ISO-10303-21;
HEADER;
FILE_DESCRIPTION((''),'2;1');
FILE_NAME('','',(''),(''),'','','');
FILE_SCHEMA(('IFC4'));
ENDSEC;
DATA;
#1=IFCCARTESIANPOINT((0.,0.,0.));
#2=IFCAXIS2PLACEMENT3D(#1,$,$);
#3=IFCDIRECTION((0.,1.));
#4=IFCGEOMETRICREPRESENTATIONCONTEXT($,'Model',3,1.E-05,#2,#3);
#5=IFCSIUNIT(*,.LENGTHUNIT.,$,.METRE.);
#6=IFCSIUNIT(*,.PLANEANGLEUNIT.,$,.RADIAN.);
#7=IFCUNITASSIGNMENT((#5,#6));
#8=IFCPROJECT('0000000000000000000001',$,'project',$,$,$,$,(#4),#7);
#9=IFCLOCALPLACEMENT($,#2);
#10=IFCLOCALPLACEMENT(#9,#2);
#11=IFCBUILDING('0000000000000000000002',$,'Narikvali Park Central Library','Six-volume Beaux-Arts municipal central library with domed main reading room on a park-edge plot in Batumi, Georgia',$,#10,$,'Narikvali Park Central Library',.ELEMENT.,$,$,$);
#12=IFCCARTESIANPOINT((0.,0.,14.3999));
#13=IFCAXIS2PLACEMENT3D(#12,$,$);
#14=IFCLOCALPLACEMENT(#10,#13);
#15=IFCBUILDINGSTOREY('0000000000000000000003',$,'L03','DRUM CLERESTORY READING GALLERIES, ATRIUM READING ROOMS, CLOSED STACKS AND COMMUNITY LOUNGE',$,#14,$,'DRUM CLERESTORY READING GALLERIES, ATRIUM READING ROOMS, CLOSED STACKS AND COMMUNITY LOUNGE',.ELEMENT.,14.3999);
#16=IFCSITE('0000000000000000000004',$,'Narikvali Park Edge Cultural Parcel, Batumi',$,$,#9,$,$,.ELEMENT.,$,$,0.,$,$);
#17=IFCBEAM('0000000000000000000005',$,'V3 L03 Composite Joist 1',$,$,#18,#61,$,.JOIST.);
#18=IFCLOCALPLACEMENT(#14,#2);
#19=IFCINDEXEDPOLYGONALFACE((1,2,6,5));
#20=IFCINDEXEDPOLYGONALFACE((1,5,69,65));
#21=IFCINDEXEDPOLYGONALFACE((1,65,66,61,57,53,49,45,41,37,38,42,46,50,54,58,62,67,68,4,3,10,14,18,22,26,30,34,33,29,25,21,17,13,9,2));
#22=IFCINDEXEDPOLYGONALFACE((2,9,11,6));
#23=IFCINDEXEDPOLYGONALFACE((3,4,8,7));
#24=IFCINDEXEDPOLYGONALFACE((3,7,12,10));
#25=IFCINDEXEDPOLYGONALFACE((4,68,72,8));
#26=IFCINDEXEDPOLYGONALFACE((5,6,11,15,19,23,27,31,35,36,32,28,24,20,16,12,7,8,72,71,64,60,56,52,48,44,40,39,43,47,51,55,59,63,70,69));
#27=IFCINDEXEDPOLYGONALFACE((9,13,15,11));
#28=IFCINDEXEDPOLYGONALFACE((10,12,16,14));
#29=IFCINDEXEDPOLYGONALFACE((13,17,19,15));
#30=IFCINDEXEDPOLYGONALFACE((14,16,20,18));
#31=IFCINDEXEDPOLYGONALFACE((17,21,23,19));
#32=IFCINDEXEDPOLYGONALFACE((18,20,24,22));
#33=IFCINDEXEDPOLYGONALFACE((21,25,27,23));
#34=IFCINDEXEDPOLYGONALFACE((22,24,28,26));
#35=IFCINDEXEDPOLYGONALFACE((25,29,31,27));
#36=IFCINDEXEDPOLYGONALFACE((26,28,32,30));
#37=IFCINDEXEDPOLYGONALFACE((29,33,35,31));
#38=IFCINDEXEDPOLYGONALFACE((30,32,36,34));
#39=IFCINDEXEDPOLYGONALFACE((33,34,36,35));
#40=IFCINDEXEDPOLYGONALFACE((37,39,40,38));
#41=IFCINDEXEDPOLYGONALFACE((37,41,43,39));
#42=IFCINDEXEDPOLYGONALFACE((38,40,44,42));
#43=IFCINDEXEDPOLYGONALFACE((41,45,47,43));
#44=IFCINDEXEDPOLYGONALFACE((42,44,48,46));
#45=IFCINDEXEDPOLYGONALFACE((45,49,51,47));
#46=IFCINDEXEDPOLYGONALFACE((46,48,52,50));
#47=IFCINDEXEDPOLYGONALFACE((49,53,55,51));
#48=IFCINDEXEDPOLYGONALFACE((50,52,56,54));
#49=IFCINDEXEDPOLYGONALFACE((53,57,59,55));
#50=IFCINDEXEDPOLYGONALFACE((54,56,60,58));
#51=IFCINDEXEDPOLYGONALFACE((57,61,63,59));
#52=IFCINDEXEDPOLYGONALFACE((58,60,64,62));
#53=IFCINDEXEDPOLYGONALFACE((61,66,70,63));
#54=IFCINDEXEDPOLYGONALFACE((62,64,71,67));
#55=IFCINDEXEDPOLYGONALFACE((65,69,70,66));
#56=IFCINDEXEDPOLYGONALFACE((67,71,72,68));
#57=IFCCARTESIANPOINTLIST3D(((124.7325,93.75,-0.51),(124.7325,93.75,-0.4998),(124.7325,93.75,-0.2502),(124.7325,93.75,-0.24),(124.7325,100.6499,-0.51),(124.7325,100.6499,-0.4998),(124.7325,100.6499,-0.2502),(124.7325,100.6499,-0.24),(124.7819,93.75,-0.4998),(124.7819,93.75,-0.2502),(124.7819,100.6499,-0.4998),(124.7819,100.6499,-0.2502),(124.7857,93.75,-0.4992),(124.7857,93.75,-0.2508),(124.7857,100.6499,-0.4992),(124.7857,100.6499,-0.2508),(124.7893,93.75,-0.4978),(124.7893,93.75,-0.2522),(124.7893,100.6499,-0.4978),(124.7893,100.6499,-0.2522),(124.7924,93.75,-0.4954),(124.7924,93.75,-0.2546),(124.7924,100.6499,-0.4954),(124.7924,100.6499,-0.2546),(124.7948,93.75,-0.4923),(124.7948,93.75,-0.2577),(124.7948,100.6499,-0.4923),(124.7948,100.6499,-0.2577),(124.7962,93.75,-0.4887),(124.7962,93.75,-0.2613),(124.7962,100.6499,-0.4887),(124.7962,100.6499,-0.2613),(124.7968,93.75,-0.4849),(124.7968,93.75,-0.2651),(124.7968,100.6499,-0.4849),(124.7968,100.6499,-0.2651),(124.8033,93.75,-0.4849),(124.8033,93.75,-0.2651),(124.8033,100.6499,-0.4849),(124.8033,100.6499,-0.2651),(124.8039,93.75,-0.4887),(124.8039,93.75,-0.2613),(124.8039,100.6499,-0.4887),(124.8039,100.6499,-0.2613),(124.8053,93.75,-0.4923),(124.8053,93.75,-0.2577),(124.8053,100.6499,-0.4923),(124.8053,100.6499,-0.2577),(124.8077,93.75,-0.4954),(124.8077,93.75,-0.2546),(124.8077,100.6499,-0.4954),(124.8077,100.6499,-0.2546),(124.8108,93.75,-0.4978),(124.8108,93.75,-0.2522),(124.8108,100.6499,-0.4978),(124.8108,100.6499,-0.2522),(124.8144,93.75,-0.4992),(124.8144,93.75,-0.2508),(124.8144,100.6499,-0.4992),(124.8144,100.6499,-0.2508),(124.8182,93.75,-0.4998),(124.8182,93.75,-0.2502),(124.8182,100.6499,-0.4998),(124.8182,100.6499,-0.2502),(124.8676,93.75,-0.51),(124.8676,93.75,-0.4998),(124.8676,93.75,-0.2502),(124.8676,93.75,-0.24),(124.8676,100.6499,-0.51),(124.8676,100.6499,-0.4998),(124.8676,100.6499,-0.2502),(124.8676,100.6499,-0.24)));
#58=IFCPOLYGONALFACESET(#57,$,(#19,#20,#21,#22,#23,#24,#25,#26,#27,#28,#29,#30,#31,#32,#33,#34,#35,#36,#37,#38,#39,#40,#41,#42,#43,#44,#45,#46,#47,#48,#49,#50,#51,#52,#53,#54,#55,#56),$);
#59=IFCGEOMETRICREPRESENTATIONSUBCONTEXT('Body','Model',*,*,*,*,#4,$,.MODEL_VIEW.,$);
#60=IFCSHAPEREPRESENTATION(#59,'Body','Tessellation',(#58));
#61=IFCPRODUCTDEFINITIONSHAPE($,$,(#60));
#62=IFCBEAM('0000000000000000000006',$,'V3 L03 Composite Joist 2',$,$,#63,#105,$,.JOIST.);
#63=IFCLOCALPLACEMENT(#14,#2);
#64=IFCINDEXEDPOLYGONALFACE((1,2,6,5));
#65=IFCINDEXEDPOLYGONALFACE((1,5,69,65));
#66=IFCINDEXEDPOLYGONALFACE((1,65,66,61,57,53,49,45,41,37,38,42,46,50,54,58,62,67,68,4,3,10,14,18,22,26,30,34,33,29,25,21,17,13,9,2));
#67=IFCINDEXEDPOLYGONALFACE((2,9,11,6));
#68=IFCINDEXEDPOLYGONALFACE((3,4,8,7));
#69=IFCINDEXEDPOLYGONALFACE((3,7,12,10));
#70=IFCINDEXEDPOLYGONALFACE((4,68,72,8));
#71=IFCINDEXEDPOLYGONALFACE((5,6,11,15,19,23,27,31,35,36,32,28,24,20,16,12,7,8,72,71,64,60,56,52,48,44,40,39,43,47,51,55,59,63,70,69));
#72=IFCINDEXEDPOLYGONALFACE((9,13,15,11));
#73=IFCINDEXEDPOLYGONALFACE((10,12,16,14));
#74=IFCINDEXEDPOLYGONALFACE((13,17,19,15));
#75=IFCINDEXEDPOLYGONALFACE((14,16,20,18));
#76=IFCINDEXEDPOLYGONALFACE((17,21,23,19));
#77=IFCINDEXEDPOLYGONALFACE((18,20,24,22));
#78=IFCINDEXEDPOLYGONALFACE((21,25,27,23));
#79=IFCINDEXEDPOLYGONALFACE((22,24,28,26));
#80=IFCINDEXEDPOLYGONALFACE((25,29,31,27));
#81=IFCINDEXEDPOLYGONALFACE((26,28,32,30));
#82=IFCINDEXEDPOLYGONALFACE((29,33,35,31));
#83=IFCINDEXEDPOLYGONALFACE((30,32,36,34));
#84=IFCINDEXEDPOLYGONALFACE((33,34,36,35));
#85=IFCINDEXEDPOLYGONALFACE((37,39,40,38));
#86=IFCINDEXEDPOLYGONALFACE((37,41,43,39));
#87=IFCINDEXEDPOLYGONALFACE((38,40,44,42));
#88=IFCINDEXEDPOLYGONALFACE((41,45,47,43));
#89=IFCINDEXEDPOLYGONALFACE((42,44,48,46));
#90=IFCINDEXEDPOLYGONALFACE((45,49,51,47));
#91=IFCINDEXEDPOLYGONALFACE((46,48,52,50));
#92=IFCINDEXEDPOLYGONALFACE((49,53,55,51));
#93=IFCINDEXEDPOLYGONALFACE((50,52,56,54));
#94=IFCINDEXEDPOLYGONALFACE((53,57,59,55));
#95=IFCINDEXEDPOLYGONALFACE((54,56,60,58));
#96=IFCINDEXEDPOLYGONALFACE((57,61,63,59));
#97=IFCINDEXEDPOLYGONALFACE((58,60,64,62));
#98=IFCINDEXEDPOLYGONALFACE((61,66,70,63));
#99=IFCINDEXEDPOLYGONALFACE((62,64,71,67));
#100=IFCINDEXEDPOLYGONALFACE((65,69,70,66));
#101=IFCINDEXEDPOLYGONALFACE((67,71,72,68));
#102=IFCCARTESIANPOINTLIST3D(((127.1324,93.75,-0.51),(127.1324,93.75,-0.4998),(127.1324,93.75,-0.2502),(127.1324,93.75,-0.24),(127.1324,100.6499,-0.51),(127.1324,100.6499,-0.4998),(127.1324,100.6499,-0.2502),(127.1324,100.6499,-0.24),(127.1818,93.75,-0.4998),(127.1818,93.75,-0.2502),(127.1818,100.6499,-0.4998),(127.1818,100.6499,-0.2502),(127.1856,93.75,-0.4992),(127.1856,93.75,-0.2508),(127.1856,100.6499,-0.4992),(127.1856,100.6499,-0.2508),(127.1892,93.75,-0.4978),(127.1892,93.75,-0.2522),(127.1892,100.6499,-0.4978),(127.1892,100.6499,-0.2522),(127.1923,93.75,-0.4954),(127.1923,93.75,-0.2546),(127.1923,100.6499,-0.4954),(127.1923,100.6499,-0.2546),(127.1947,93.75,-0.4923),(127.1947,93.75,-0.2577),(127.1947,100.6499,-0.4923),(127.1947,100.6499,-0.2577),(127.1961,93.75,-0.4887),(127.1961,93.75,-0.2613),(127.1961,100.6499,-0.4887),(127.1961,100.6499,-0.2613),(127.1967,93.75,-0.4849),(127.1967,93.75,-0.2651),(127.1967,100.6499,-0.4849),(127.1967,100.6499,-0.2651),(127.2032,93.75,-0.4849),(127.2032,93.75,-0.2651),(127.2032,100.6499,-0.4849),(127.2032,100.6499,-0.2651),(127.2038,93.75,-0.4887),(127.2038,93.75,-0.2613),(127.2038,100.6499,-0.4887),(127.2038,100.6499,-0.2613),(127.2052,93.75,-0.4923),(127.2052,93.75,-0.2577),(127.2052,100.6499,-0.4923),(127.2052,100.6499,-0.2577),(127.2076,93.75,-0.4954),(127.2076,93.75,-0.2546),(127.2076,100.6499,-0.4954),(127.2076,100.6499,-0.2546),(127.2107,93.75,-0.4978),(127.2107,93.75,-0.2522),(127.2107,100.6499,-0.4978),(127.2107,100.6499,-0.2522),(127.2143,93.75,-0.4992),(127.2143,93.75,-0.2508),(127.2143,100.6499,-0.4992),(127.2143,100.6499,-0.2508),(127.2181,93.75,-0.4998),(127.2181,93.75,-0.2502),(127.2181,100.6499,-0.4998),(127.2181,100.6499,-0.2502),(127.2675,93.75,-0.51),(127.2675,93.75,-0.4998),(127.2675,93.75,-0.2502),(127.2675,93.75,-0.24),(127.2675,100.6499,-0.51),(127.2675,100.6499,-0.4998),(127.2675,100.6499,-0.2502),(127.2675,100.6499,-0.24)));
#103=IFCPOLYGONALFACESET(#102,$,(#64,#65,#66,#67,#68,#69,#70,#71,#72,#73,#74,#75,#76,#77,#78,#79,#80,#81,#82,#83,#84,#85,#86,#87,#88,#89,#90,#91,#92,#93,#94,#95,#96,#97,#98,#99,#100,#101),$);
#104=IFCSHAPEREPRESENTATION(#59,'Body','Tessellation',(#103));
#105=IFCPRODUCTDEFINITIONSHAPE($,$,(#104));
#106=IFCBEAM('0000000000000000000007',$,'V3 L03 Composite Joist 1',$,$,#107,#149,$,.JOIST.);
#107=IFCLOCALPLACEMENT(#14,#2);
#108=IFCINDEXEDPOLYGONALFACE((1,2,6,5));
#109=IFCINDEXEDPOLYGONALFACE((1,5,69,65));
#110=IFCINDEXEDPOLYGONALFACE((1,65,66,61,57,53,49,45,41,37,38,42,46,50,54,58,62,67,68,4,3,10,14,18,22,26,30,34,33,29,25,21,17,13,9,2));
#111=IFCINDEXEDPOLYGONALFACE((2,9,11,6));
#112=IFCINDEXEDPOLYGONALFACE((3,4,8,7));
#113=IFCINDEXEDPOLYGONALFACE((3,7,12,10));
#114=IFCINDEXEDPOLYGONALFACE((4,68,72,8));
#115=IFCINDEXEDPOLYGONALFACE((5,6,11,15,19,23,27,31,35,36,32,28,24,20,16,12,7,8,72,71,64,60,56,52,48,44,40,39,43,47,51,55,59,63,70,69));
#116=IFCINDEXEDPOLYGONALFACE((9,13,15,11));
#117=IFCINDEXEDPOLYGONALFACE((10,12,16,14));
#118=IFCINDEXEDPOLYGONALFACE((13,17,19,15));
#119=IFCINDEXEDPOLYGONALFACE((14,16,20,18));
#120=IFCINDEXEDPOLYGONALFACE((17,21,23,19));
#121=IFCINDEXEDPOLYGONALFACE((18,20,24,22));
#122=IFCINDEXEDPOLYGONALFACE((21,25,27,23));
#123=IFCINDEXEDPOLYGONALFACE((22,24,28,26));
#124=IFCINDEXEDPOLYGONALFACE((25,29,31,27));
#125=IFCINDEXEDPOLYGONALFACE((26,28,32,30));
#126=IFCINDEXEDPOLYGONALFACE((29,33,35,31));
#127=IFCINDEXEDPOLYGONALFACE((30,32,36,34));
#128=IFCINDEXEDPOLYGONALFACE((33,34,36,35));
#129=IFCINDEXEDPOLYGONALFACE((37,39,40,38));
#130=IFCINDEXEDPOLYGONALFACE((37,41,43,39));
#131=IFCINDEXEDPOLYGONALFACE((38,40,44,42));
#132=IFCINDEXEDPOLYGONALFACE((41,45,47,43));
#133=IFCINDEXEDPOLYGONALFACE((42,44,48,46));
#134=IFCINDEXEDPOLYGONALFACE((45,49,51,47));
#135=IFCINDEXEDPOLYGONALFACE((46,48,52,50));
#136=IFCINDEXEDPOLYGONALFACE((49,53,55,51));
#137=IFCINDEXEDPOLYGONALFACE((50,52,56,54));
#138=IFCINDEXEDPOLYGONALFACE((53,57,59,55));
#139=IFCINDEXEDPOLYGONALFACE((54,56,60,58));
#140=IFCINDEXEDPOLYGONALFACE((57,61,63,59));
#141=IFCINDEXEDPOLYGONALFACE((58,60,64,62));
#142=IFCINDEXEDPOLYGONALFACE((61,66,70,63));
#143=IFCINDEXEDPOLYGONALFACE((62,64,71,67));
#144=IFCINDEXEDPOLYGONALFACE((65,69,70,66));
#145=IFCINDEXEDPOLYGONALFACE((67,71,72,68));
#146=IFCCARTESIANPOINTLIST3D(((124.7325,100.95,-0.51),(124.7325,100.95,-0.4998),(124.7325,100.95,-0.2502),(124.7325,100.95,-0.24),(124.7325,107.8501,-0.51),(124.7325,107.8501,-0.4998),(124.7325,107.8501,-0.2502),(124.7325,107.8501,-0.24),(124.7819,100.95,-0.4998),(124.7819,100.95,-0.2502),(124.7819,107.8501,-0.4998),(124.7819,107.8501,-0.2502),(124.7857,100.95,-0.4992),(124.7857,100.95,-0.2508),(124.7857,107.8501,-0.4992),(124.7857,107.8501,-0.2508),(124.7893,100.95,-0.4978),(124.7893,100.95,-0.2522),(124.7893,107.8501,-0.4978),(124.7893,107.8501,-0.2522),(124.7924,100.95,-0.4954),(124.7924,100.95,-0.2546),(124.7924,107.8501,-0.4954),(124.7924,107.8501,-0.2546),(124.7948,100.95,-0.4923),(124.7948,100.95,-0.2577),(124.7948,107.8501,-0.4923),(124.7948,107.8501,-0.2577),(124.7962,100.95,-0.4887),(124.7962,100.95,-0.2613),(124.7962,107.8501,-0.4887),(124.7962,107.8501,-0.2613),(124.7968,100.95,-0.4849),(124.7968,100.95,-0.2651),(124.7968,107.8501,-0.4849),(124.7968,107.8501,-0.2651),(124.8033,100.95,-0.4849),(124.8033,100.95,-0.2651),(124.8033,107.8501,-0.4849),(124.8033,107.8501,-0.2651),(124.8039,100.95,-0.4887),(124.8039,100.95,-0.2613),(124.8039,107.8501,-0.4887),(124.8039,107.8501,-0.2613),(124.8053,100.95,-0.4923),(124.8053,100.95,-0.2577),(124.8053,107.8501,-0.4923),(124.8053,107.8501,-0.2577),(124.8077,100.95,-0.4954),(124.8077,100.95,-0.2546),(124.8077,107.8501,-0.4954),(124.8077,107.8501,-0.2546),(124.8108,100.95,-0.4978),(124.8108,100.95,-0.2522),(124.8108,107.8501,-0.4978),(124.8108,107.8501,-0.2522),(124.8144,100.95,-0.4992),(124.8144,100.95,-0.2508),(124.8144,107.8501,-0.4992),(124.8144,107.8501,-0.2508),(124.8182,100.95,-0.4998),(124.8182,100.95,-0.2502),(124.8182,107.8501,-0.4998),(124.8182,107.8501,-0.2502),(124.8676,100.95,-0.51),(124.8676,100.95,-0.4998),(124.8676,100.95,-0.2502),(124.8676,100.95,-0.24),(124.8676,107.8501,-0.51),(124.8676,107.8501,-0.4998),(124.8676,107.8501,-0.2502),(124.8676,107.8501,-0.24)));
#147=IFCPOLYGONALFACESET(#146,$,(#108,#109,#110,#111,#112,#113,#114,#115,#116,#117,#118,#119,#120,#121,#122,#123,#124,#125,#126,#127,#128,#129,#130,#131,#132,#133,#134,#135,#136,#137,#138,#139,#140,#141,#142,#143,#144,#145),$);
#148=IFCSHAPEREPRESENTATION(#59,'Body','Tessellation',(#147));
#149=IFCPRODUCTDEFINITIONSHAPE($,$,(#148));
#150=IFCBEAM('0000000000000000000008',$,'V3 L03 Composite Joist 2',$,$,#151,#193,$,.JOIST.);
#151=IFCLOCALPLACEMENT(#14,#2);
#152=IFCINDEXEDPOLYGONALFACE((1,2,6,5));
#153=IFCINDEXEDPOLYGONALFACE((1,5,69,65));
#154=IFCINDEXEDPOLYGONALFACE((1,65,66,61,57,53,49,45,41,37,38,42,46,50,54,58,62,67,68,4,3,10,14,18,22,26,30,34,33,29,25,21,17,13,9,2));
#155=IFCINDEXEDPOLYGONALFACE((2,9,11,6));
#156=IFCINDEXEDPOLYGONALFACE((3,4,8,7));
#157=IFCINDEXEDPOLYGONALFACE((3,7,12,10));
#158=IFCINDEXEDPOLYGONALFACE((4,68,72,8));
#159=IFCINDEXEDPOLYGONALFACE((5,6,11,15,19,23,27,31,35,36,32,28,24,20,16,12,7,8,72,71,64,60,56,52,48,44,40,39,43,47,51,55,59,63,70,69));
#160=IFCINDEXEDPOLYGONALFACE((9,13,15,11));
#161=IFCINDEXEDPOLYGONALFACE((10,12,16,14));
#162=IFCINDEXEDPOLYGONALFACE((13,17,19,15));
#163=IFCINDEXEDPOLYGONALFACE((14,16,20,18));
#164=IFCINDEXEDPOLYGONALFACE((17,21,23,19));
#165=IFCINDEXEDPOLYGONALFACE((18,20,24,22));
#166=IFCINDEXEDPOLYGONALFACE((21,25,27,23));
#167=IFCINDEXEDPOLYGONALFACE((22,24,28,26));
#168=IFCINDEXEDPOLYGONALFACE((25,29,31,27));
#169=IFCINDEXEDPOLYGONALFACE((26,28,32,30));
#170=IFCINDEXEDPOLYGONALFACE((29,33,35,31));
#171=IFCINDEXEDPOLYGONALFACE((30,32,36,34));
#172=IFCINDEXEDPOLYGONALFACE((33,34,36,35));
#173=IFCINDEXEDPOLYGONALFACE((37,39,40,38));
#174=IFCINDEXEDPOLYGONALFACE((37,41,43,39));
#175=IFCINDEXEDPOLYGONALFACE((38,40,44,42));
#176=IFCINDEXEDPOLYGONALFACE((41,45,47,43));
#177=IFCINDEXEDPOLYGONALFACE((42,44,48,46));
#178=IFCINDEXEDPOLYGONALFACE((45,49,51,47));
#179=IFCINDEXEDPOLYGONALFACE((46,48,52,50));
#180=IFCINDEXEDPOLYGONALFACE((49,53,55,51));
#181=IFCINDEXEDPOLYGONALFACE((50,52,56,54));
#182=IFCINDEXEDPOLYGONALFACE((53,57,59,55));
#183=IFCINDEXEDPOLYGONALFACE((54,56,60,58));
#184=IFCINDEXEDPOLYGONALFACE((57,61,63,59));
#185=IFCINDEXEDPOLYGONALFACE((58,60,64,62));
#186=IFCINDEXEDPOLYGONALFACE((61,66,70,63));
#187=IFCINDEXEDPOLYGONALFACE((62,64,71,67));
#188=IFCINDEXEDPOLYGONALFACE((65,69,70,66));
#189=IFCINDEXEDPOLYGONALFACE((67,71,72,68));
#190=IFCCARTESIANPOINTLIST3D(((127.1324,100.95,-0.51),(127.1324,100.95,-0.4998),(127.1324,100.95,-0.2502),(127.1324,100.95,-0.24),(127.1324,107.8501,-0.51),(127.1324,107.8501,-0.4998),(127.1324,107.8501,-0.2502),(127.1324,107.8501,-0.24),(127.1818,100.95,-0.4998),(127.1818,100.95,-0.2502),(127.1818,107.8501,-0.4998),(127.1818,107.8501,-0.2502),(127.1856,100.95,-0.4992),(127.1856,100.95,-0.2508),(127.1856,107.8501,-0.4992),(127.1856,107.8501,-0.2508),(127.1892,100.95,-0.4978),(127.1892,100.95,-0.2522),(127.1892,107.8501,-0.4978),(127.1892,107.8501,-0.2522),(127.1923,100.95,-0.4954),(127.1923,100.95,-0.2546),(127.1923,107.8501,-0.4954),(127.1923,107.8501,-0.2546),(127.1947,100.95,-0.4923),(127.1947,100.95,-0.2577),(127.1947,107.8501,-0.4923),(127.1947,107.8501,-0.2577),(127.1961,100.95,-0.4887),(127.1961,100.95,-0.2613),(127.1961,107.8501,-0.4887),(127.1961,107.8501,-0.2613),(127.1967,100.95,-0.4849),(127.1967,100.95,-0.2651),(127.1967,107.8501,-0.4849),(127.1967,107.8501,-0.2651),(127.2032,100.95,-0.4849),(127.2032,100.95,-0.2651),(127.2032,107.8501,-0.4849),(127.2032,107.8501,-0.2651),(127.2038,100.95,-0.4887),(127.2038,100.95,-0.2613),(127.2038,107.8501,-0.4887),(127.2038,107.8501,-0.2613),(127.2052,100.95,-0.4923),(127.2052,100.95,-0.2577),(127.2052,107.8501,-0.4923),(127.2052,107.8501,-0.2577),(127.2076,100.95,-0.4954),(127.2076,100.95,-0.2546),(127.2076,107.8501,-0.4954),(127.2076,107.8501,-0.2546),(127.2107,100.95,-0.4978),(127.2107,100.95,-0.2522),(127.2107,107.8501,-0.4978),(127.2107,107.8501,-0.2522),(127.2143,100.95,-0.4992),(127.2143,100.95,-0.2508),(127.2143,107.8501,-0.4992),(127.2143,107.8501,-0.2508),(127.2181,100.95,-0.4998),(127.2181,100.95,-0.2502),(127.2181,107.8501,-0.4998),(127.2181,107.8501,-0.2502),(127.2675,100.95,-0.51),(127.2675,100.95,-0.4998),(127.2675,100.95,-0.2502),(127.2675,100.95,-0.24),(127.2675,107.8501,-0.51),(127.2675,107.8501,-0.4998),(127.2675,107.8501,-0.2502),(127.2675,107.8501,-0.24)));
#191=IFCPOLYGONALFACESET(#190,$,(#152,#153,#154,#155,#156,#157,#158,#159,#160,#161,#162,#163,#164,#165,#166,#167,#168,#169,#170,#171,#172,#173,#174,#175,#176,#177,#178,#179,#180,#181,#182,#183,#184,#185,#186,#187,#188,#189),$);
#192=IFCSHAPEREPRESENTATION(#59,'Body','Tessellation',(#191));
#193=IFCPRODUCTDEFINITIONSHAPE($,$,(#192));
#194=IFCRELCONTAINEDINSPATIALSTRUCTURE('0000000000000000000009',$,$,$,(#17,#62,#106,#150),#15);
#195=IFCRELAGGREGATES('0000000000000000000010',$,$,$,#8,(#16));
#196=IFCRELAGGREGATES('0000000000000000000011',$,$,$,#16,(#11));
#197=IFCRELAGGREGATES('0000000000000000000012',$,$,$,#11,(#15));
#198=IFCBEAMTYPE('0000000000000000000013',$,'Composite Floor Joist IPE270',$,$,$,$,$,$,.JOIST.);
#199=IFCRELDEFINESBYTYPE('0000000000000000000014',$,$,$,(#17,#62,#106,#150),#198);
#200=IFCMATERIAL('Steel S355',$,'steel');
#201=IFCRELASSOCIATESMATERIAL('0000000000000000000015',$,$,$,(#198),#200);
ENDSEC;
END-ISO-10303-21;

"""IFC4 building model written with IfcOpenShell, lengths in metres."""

from ifc_helpers import new_model, si_unit, direction, frame, origin, origin_2d, place, context, subcontext, project, spatial, i_section, extrude, material, material_profile, profile_set, type_object, element, save


model = new_model("IFC4")

# Units and contexts
model_context = context("Model", 3, precision=1e-05, world=origin(), true_north=direction((0.0, 1.0)))
body_context = subcontext(model_context, "Body", "Model", "MODEL_VIEW")
ifc_project = project(units=[si_unit("LENGTHUNIT", "METRE"), si_unit("PLANEANGLEUNIT", "RADIAN")], contexts=[model_context])

# Site, building, storey
site_placement = place(None, origin())
site = spatial("IfcSite", under=ifc_project, at=site_placement, Name="Narikvali Park Edge Cultural Parcel, Batumi", CompositionType="ELEMENT", RefElevation=0.0)
building_placement = place(site_placement, origin())
building = spatial("IfcBuilding", under=site, at=building_placement, Name="Narikvali Park Central Library", Description="Six-volume Beaux-Arts municipal central library with domed main reading room on a park-edge plot in Batumi, Georgia", LongName="Narikvali Park Central Library", CompositionType="ELEMENT")
storey_placement = place(building_placement, frame((0.0, 0.0, 14.3999)))
storey = spatial("IfcBuildingStorey", under=building, at=storey_placement, Name="L03", Description="DRUM CLERESTORY READING GALLERIES, ATRIUM READING ROOMS, CLOSED STACKS AND COMMUNITY LOUNGE", LongName="DRUM CLERESTORY READING GALLERIES, ATRIUM READING ROOMS, CLOSED STACKS AND COMMUNITY LOUNGE", CompositionType="ELEMENT", Elevation=14.3999)

# Shared definitions
ifc_material_1 = material(Name="Steel S355", Category="steel")

# Beams
ifc_material_profile_1 = material_profile(ifc_material_1, i_section(OverallWidth=0.135, OverallDepth=0.27, WebThickness=0.0066, FlangeThickness=0.0103, FilletRadius=0.0149, at=origin_2d()), Name="IPE 270")
ifc_profile_set_1 = profile_set([ifc_material_profile_1], Name="Steel S355")
beam_type_1 = type_object("IfcBeamType", Name="Composite Floor Joist IPE270", PredefinedType="JOIST", material=ifc_profile_set_1)
for number, where, z_axis, x_axis, name in (
    (1, (124.8, 93.75, -0.375), (0.0, 1.0, 0.0), (-1.0, 0.0, 0.0), "V3 L03 Composite Joist 1"),
    (2, (127.2, 93.75, -0.375), (0.0, 1.0, 0.0), (-1.0, 0.0, 0.0), "V3 L03 Composite Joist 2"),
):
    element("IfcBeam", number, at=place(storey_placement, frame(where, z_axis=z_axis, x_axis=x_axis)), inside=storey, type_object=beam_type_1, Name=name, PredefinedType="JOIST", context=body_context, shape_type="SweptSolid", body=[
        extrude(i_section(OverallWidth=0.135, OverallDepth=0.27, WebThickness=0.0066, FlangeThickness=0.0103, FilletRadius=0.0149, at=origin_2d()), origin(), (0.0, 0.0, 1.0), 6.8999),
    ])
for number, where, z_axis, x_axis, name in (
    (3, (124.8, 100.95, -0.375), (0.0, 1.0, 0.0), (-1.0, 0.0, 0.0), "V3 L03 Composite Joist 1"),
    (4, (127.2, 100.95, -0.375), (0.0, 1.0, 0.0), (-1.0, 0.0, 0.0), "V3 L03 Composite Joist 2"),
):
    element("IfcBeam", number, at=place(storey_placement, frame(where, z_axis=z_axis, x_axis=x_axis)), inside=storey, type_object=beam_type_1, Name=name, PredefinedType="JOIST", context=body_context, shape_type="SweptSolid", body=[
        extrude(i_section(OverallWidth=0.135, OverallDepth=0.27, WebThickness=0.0066, FlangeThickness=0.0103, FilletRadius=0.0149, at=origin_2d()), origin(), (0.0, 0.0, 1.0), 6.9001),
    ])

save(model, "model.ifc")
